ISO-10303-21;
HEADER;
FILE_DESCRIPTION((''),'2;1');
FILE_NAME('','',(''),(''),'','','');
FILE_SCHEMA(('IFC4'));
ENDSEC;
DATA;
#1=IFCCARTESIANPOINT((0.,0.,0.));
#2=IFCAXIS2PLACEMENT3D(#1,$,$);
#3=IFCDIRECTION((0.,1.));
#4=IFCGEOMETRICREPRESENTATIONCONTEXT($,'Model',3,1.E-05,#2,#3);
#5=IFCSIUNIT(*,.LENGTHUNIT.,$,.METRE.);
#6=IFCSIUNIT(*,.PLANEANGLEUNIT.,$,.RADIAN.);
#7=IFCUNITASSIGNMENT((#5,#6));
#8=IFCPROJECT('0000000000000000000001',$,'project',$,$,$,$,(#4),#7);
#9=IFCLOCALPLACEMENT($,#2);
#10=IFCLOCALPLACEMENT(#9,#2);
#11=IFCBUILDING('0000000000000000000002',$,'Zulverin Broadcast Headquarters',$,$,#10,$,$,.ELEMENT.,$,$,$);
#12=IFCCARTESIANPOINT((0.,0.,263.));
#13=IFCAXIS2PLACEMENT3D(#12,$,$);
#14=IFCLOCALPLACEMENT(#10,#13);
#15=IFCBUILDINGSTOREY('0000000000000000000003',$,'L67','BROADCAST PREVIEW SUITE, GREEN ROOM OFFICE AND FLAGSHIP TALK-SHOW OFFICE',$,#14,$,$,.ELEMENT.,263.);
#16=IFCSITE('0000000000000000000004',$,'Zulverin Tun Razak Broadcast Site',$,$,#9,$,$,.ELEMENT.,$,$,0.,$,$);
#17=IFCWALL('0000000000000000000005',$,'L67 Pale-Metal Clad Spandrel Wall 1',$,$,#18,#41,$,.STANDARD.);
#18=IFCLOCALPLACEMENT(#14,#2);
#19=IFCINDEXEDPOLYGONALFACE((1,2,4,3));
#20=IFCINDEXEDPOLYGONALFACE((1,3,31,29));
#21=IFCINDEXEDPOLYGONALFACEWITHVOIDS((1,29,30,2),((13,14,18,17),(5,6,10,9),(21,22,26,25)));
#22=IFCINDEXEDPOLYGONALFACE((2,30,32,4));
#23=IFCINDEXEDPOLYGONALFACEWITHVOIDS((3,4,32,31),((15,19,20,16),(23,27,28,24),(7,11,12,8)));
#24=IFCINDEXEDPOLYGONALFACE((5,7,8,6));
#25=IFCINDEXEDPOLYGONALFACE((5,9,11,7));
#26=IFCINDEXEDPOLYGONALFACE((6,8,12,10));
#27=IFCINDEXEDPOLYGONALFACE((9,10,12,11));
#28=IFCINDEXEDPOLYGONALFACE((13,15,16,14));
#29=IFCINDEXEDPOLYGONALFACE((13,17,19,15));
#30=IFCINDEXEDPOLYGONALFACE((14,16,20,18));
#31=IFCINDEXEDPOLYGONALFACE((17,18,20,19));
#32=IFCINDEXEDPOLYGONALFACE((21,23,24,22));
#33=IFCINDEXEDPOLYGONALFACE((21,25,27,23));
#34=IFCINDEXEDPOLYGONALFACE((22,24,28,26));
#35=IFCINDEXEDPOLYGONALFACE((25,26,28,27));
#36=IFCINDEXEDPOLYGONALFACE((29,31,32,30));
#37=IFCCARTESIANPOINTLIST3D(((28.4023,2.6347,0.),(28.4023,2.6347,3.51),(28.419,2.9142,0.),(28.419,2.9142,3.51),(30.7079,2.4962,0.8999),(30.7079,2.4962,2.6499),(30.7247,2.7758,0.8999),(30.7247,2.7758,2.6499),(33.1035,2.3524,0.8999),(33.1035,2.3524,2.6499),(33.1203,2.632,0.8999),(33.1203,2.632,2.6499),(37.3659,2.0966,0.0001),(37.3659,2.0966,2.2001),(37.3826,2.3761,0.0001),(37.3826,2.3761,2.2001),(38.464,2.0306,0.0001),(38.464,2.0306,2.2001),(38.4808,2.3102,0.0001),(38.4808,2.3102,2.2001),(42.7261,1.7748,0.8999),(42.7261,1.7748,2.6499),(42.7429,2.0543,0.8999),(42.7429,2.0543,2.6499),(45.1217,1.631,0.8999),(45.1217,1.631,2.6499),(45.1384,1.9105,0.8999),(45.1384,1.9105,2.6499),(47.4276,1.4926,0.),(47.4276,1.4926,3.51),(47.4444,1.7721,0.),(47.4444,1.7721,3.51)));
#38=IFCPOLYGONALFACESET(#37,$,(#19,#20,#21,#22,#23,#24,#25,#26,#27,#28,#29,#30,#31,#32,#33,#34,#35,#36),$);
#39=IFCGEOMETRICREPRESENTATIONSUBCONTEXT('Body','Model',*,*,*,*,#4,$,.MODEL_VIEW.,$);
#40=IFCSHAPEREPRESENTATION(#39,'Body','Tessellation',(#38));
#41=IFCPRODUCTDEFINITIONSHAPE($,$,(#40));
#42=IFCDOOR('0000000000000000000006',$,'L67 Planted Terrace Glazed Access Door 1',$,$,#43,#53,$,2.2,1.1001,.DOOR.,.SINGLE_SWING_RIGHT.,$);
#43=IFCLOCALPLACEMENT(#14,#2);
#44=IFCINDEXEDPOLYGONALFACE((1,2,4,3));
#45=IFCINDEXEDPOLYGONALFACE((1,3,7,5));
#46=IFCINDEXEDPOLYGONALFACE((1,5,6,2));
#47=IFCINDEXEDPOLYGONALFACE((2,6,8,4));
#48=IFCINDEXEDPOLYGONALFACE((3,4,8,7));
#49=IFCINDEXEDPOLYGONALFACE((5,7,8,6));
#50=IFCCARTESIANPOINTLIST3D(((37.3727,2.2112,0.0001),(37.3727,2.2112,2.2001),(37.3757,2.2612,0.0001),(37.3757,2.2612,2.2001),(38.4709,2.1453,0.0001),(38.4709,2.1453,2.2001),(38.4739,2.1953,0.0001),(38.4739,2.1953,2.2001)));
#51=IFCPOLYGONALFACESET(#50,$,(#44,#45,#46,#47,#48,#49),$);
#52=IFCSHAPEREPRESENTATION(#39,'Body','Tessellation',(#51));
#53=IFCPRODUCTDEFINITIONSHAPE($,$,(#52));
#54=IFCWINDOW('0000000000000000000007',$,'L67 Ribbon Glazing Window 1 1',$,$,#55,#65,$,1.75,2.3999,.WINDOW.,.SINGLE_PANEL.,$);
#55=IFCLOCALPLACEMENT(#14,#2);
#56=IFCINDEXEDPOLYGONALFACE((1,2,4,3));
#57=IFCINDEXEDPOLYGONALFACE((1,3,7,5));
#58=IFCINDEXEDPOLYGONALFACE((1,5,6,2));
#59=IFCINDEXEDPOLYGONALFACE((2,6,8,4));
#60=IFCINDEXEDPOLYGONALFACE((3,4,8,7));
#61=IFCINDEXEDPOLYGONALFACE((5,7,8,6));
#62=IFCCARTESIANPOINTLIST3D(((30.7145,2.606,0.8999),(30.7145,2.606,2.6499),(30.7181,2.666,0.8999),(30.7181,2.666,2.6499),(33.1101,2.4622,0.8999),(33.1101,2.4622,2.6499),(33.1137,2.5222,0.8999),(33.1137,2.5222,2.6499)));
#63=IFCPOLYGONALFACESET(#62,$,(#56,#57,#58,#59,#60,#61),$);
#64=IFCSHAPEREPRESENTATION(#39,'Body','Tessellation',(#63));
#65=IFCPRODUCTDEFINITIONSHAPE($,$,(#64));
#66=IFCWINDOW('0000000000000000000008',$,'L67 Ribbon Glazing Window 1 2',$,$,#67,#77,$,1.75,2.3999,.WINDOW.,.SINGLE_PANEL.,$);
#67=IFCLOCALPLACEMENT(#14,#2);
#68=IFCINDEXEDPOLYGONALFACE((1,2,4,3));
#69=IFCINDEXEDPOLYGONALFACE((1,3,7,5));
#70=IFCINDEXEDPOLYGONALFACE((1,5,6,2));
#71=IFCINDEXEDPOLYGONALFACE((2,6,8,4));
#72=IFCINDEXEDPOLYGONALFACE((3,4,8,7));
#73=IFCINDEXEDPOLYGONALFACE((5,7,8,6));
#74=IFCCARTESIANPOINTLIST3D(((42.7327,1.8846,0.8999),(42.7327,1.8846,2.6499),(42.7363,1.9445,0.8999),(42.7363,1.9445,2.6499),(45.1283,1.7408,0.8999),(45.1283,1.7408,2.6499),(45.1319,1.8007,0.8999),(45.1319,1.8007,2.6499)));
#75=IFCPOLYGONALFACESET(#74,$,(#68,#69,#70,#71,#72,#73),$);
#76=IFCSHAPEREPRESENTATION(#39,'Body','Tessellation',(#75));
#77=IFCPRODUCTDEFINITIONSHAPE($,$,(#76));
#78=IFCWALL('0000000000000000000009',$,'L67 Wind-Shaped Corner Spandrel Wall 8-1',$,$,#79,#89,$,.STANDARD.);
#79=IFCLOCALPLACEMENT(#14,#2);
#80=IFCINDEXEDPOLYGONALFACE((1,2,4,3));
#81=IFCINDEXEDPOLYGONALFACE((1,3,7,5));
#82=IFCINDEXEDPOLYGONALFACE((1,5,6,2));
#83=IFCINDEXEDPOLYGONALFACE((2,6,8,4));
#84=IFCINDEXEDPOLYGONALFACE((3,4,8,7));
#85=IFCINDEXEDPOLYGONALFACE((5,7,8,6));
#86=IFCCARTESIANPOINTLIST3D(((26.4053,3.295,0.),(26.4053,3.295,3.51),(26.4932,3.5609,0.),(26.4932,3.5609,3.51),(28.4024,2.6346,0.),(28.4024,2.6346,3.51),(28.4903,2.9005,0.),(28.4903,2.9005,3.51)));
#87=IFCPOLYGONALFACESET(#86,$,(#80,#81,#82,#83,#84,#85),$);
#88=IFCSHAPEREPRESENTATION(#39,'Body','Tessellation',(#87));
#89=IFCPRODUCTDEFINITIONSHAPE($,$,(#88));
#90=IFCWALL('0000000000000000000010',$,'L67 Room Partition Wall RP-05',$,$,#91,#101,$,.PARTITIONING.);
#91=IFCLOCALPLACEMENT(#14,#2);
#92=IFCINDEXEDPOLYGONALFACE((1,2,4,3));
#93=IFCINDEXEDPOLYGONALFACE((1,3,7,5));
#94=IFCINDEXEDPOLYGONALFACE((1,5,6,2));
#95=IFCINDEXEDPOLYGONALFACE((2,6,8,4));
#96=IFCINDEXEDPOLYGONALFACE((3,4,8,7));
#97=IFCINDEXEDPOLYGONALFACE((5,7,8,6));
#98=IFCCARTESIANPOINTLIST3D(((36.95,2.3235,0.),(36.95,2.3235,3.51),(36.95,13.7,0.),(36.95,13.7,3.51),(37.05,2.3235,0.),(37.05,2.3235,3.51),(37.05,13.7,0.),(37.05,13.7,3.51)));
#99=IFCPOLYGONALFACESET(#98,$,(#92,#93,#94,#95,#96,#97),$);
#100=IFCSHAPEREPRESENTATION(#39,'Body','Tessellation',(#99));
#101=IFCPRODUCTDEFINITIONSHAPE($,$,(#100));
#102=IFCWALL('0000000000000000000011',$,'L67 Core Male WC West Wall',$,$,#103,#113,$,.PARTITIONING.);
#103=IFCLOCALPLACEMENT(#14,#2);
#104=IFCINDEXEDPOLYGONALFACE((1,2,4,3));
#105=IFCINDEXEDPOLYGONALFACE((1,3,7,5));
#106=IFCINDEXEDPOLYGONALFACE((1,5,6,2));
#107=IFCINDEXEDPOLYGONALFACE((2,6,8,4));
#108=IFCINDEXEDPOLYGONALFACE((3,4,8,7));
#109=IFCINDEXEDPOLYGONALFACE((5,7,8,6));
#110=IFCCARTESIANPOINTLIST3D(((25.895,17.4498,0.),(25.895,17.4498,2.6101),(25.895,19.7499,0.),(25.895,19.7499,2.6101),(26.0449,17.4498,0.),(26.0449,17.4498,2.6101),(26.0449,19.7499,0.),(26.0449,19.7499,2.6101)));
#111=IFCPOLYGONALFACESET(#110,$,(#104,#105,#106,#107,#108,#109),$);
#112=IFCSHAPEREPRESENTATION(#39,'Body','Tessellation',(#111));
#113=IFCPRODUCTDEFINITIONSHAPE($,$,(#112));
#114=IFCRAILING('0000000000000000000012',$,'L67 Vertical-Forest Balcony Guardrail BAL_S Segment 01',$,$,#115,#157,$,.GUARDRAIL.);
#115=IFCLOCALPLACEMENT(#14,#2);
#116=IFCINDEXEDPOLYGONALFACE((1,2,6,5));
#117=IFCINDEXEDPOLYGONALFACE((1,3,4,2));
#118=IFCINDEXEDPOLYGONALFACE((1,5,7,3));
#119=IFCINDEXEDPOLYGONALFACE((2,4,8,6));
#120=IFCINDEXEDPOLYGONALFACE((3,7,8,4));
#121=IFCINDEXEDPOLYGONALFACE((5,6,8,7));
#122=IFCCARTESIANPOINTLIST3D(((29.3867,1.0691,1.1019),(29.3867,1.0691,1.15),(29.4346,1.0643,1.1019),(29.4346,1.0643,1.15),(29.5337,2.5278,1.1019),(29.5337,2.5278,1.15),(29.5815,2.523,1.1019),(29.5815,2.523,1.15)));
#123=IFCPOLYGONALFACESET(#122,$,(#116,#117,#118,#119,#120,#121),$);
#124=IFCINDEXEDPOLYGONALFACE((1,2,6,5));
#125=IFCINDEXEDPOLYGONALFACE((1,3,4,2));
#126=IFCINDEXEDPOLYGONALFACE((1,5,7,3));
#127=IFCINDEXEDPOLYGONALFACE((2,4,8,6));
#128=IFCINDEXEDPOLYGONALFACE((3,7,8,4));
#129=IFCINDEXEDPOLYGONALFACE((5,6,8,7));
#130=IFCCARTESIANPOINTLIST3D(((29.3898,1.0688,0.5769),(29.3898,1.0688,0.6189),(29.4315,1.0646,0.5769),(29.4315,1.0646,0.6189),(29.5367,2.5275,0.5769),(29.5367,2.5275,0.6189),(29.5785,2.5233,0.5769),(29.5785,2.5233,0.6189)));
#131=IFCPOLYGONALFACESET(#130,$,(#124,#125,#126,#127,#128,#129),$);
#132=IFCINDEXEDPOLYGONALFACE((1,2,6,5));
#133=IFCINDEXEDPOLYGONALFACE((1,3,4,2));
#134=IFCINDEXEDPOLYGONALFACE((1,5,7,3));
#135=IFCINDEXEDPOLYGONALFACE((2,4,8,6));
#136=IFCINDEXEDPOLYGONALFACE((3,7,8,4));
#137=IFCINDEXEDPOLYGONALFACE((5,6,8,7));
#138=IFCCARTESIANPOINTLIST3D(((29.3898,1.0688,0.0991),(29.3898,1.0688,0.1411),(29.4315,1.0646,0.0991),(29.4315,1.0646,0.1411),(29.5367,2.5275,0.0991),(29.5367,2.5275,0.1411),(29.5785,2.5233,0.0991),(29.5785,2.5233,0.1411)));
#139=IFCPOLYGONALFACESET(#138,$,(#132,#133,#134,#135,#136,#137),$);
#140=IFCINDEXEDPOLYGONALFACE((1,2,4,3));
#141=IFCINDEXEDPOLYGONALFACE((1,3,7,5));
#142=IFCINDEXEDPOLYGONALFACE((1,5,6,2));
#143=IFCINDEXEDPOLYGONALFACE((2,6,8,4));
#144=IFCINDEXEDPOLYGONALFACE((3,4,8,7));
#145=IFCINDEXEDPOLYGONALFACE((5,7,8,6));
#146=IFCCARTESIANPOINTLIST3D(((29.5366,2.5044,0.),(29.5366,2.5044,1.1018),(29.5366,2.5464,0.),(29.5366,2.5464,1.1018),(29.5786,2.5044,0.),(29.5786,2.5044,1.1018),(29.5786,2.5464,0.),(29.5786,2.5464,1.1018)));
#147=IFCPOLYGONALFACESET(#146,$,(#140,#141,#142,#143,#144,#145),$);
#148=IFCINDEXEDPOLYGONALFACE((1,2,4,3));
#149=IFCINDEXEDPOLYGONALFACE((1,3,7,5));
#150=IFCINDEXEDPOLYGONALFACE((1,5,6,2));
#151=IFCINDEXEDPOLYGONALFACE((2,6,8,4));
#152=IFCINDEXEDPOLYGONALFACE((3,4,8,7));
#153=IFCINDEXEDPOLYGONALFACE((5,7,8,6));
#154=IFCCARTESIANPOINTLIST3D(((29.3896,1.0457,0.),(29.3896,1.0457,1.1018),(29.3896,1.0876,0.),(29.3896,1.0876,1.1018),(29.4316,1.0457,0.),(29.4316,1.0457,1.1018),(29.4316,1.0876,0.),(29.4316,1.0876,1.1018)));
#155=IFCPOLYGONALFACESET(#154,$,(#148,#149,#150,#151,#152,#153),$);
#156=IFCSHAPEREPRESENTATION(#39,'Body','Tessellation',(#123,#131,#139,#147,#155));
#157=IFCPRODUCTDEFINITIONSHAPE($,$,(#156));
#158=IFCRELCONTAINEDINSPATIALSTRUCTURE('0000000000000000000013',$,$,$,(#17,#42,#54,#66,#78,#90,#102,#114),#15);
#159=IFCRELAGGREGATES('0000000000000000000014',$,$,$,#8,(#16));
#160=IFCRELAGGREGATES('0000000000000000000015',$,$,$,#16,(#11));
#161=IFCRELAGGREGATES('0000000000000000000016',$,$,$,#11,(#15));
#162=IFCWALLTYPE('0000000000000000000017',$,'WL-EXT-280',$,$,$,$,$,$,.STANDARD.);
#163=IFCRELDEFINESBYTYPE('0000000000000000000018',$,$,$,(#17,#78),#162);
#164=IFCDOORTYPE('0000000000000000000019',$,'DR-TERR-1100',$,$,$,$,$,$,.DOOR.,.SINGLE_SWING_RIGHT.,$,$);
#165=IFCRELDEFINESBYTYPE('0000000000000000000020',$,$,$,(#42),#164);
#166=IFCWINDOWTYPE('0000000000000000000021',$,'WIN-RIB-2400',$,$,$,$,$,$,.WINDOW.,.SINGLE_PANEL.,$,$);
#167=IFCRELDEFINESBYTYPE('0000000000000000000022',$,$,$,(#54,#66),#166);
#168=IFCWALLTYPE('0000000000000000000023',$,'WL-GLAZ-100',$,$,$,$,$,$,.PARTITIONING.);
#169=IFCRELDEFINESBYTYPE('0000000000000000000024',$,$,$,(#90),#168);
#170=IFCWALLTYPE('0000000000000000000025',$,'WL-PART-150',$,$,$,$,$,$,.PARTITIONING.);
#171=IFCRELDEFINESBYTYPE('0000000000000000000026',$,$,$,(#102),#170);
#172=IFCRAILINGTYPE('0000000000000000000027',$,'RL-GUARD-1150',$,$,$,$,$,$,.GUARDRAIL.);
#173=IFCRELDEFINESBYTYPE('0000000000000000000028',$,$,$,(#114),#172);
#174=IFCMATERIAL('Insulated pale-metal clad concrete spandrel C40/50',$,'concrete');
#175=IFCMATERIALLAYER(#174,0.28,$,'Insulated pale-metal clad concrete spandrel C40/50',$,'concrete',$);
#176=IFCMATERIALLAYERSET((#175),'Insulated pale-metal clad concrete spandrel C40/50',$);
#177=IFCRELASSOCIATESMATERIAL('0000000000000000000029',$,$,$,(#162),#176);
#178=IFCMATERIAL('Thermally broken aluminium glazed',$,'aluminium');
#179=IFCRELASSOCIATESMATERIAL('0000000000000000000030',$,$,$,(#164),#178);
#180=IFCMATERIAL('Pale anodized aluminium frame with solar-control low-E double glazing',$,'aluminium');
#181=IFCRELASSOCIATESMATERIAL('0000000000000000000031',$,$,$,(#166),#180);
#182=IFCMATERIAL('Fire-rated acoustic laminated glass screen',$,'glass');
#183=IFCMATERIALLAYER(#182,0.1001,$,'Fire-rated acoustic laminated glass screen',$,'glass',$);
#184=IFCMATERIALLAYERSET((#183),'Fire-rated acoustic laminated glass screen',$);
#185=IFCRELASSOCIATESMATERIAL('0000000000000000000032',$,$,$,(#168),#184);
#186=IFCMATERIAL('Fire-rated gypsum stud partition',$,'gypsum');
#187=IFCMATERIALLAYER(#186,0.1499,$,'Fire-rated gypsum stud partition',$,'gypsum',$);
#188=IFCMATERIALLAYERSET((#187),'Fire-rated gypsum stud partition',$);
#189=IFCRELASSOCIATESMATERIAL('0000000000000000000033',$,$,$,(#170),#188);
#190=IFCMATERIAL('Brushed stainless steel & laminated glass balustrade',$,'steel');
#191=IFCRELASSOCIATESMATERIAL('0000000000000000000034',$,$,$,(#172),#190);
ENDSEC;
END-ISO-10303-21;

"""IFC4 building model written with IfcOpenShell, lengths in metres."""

from ifc_helpers import new_model, si_unit, direction, frame, frame_2d, origin, origin_2d, place, context, subcontext, project, spatial, rectangle, extrude, material, layer, layer_set, type_object, element, fill, save


model = new_model("IFC4")

# Units and contexts
model_context = context("Model", 3, precision=1e-05, world=origin(), true_north=direction((0.0, 1.0)))
body_context = subcontext(model_context, "Body", "Model", "MODEL_VIEW")
ifc_project = project(units=[si_unit("LENGTHUNIT", "METRE"), si_unit("PLANEANGLEUNIT", "RADIAN")], contexts=[model_context])

# Site, building, storey
site_placement = place(None, origin())
site = spatial("IfcSite", under=ifc_project, at=site_placement, Name="Zulverin Tun Razak Broadcast Site", CompositionType="ELEMENT", RefElevation=0.0)
building_placement = place(site_placement, origin())
building = spatial("IfcBuilding", under=site, at=building_placement, Name="Zulverin Broadcast Headquarters", CompositionType="ELEMENT")
storey_placement = place(building_placement, frame((0.0, 0.0, 263.0)))
storey = spatial("IfcBuildingStorey", under=building, at=storey_placement, Name="L67", Description="BROADCAST PREVIEW SUITE, GREEN ROOM OFFICE AND FLAGSHIP TALK-SHOW OFFICE", CompositionType="ELEMENT", Elevation=263.0)

# Wall, openings, door, windows
ifc_material_1 = material(Name="Insulated pale-metal clad concrete spandrel C40/50", Category="concrete")
ifc_layer_1 = layer(ifc_material_1, 0.28, Name="Insulated pale-metal clad concrete spandrel C40/50", Category="concrete")
ifc_layer_set_1 = layer_set([ifc_layer_1], Name="Insulated pale-metal clad concrete spandrel C40/50")
wall_type_1 = type_object("IfcWallType", Name="WL-EXT-280", PredefinedType="STANDARD", material=ifc_layer_set_1)
wall_1_placement = place(storey_placement, frame((28.4106, 2.7744, 0.0), z_axis=(0.0, 0.0, 1.0), x_axis=(0.998203, -0.059922, 0.0)))
wall_1 = element("IfcWall", 1, at=wall_1_placement, inside=storey, type_object=wall_type_1, Name="L67 Pale-Metal Clad Spandrel Wall 1", PredefinedType="STANDARD", context=body_context, shape_type="SweptSolid", body=[
    extrude(rectangle(XDim=19.0596, YDim=0.28, at=frame_2d((9.5298, 0.0))), origin(), (0.0, 0.0, 1.0), 3.51),
])
opening_1_placement = place(wall_1_placement, frame((8.9797, 0.0, 0.0)))
opening_1 = element("IfcOpeningElement", 2, at=opening_1_placement, cuts=wall_1, PredefinedType="OPENING", context=body_context, shape_type="SweptSolid", body=[
    extrude(rectangle(XDim=1.1001, YDim=2.2, at=frame_2d((0.55, 1.1001))), frame((0.0, 0.1499, 0.0), z_axis=(0.0, -1.0, 0.0), x_axis=(1.0, 0.0, 0.0)), (0.0, 0.0, 1.0), 0.3),
])
opening_2_placement = place(wall_1_placement, frame((2.3098, 0.0, 0.8999)))
opening_2 = element("IfcOpeningElement", 3, at=opening_2_placement, cuts=wall_1, PredefinedType="OPENING", context=body_context, shape_type="SweptSolid", body=[
    extrude(rectangle(XDim=2.3999, YDim=1.75, at=frame_2d((1.2, 0.875))), frame((0.0, 0.1499, 0.0), z_axis=(0.0, -1.0, 0.0), x_axis=(1.0, 0.0, 0.0)), (0.0, 0.0, 1.0), 0.3),
])
opening_3_placement = place(wall_1_placement, frame((14.3496, 0.0, 0.8999)))
opening_3 = element("IfcOpeningElement", 4, at=opening_3_placement, cuts=wall_1, PredefinedType="OPENING", context=body_context, shape_type="SweptSolid", body=[
    extrude(rectangle(XDim=2.3999, YDim=1.75, at=frame_2d((1.2, 0.875))), frame((0.0, 0.1499, 0.0), z_axis=(0.0, -1.0, 0.0), x_axis=(1.0, 0.0, 0.0)), (0.0, 0.0, 1.0), 0.3),
])
ifc_material_2 = material(Name="Thermally broken aluminium glazed", Category="aluminium")
door_type = type_object("IfcDoorType", Name="DR-TERR-1100", OperationType="SINGLE_SWING_RIGHT", PredefinedType="DOOR", material=ifc_material_2)
door_placement = place(opening_1_placement, origin())
door = element("IfcDoor", 5, at=door_placement, inside=storey, type_object=door_type, Name="L67 Planted Terrace Glazed Access Door 1", OperationType="SINGLE_SWING_RIGHT", OverallHeight=2.2, OverallWidth=1.1001, PredefinedType="DOOR", context=body_context, shape_type="SweptSolid", body=[
    extrude(rectangle(XDim=1.1001, YDim=2.2, at=frame_2d((0.55, 1.1001))), frame((0.0, 0.0249, 0.0), z_axis=(0.0, -1.0, 0.0), x_axis=(1.0, 0.0, 0.0)), (0.0, 0.0, 1.0), 0.05),
])
fill(opening_1, door)
ifc_material_3 = material(Name="Pale anodized aluminium frame with solar-control low-E double glazing", Category="aluminium")
window_type = type_object("IfcWindowType", Name="WIN-RIB-2400", PartitioningType="SINGLE_PANEL", PredefinedType="WINDOW", material=ifc_material_3)
window_1_placement = place(opening_2_placement, origin())
window_1 = element("IfcWindow", 6, at=window_1_placement, inside=storey, type_object=window_type, Name="L67 Ribbon Glazing Window 1 1", OverallHeight=1.75, OverallWidth=2.3999, PartitioningType="SINGLE_PANEL", PredefinedType="WINDOW", context=body_context, shape_type="SweptSolid", body=[
    extrude(rectangle(XDim=2.3999, YDim=1.75, at=frame_2d((1.2, 0.875))), frame((0.0, 0.03, 0.0), z_axis=(0.0, -1.0, 0.0), x_axis=(1.0, 0.0, 0.0)), (0.0, 0.0, 1.0), 0.0601),
])
fill(opening_2, window_1)
window_2_placement = place(opening_3_placement, origin())
window_2 = element("IfcWindow", 7, at=window_2_placement, inside=storey, type_object=window_type, Name="L67 Ribbon Glazing Window 1 2", OverallHeight=1.75, OverallWidth=2.3999, PartitioningType="SINGLE_PANEL", PredefinedType="WINDOW", context=body_context, shape_type="SweptSolid", body=[
    extrude(rectangle(XDim=2.3999, YDim=1.75, at=frame_2d((1.2, 0.875))), frame((0.0, 0.03, 0.0), z_axis=(0.0, -1.0, 0.0), x_axis=(1.0, 0.0, 0.0)), (0.0, 0.0, 1.0), 0.0601),
])
fill(opening_3, window_2)

# Walls
wall_2_placement = place(storey_placement, frame((26.4492, 3.428, 0.0), z_axis=(0.0, 0.0, 1.0), x_axis=(0.949435, -0.313964, 0.0)))
element("IfcWall", 8, at=wall_2_placement, inside=storey, type_object=wall_type_1, Name="L67 Wind-Shaped Corner Spandrel Wall 8-1", PredefinedType="STANDARD", context=body_context, shape_type="SweptSolid", body=[
    extrude(rectangle(XDim=2.1035, YDim=0.28, at=frame_2d((1.0518, 0.0))), origin(), (0.0, 0.0, 1.0), 3.51),
])
ifc_material_4 = material(Name="Fire-rated acoustic laminated glass screen", Category="glass")
ifc_layer_2 = layer(ifc_material_4, 0.1001, Name="Fire-rated acoustic laminated glass screen", Category="glass")
ifc_layer_set_2 = layer_set([ifc_layer_2], Name="Fire-rated acoustic laminated glass screen")
wall_type_2 = type_object("IfcWallType", Name="WL-GLAZ-100", PredefinedType="PARTITIONING", material=ifc_layer_set_2)
wall_3_placement = place(storey_placement, frame((37.0, 2.3235, 0.0), z_axis=(0.0, 0.0, 1.0), x_axis=(0.0, 1.0, 0.0)))
element("IfcWall", 9, at=wall_3_placement, inside=storey, type_object=wall_type_2, Name="L67 Room Partition Wall RP-05", PredefinedType="PARTITIONING", context=body_context, shape_type="SweptSolid", body=[
    extrude(rectangle(XDim=11.3765, YDim=0.1001, at=frame_2d((5.6882, 0.0))), origin(), (0.0, 0.0, 1.0), 3.51),
])
ifc_material_5 = material(Name="Fire-rated gypsum stud partition", Category="gypsum")
ifc_layer_3 = layer(ifc_material_5, 0.1499, Name="Fire-rated gypsum stud partition", Category="gypsum")
ifc_layer_set_3 = layer_set([ifc_layer_3], Name="Fire-rated gypsum stud partition")
wall_type_3 = type_object("IfcWallType", Name="WL-PART-150", PredefinedType="PARTITIONING", material=ifc_layer_set_3)
wall_4_placement = place(storey_placement, frame((25.97, 17.45, 0.0), z_axis=(0.0, 0.0, 1.0), x_axis=(0.0, 1.0, 0.0)))
element("IfcWall", 10, at=wall_4_placement, inside=storey, type_object=wall_type_3, Name="L67 Core Male WC West Wall", PredefinedType="PARTITIONING", context=body_context, shape_type="SweptSolid", body=[
    extrude(rectangle(XDim=2.3, YDim=0.1499, at=frame_2d((1.1499, 0.0))), origin(), (0.0, 0.0, 1.0), 2.6101),
])

# Railing
ifc_material_6 = material(Name="Brushed stainless steel & laminated glass balustrade", Category="steel")
railing_type = type_object("IfcRailingType", Name="RL-GUARD-1150", PredefinedType="GUARDRAIL", material=ifc_material_6)
railing_1_placement = place(storey_placement, frame((29.5576, 2.5254, 0.0)))
element("IfcRailing", 11, at=railing_1_placement, inside=storey, type_object=railing_type, Name="L67 Vertical-Forest Balcony Guardrail BAL_S Segment 01", PredefinedType="GUARDRAIL", context=body_context, shape_type="SweptSolid", body=[
    extrude(rectangle(XDim=0.0481, YDim=0.0481, at=origin_2d()), frame((0.0, 0.0, 1.126), z_axis=(-0.100246, -0.994963, 0.0), x_axis=(0.994963, -0.100246, 0.0)), (0.0, 0.0, 1.0), 1.4661),
    extrude(rectangle(XDim=0.042, YDim=0.042, at=origin_2d()), frame((0.0, 0.0, 0.5979), z_axis=(-0.100246, -0.994963, 0.0), x_axis=(0.994963, -0.100246, 0.0)), (0.0, 0.0, 1.0), 1.4661),
    extrude(rectangle(XDim=0.042, YDim=0.042, at=origin_2d()), frame((0.0, 0.0, 0.1201), z_axis=(-0.100246, -0.994963, 0.0), x_axis=(0.994963, -0.100246, 0.0)), (0.0, 0.0, 1.0), 1.4661),
    extrude(rectangle(XDim=0.042, YDim=0.042, at=origin_2d()), origin(), (0.0, 0.0, 1.0), 1.1018),
    extrude(rectangle(XDim=0.042, YDim=0.042, at=origin_2d()), frame((-0.147, -1.4587, 0.0)), (0.0, 0.0, 1.0), 1.1018),
])

save(model, "model.ifc")
